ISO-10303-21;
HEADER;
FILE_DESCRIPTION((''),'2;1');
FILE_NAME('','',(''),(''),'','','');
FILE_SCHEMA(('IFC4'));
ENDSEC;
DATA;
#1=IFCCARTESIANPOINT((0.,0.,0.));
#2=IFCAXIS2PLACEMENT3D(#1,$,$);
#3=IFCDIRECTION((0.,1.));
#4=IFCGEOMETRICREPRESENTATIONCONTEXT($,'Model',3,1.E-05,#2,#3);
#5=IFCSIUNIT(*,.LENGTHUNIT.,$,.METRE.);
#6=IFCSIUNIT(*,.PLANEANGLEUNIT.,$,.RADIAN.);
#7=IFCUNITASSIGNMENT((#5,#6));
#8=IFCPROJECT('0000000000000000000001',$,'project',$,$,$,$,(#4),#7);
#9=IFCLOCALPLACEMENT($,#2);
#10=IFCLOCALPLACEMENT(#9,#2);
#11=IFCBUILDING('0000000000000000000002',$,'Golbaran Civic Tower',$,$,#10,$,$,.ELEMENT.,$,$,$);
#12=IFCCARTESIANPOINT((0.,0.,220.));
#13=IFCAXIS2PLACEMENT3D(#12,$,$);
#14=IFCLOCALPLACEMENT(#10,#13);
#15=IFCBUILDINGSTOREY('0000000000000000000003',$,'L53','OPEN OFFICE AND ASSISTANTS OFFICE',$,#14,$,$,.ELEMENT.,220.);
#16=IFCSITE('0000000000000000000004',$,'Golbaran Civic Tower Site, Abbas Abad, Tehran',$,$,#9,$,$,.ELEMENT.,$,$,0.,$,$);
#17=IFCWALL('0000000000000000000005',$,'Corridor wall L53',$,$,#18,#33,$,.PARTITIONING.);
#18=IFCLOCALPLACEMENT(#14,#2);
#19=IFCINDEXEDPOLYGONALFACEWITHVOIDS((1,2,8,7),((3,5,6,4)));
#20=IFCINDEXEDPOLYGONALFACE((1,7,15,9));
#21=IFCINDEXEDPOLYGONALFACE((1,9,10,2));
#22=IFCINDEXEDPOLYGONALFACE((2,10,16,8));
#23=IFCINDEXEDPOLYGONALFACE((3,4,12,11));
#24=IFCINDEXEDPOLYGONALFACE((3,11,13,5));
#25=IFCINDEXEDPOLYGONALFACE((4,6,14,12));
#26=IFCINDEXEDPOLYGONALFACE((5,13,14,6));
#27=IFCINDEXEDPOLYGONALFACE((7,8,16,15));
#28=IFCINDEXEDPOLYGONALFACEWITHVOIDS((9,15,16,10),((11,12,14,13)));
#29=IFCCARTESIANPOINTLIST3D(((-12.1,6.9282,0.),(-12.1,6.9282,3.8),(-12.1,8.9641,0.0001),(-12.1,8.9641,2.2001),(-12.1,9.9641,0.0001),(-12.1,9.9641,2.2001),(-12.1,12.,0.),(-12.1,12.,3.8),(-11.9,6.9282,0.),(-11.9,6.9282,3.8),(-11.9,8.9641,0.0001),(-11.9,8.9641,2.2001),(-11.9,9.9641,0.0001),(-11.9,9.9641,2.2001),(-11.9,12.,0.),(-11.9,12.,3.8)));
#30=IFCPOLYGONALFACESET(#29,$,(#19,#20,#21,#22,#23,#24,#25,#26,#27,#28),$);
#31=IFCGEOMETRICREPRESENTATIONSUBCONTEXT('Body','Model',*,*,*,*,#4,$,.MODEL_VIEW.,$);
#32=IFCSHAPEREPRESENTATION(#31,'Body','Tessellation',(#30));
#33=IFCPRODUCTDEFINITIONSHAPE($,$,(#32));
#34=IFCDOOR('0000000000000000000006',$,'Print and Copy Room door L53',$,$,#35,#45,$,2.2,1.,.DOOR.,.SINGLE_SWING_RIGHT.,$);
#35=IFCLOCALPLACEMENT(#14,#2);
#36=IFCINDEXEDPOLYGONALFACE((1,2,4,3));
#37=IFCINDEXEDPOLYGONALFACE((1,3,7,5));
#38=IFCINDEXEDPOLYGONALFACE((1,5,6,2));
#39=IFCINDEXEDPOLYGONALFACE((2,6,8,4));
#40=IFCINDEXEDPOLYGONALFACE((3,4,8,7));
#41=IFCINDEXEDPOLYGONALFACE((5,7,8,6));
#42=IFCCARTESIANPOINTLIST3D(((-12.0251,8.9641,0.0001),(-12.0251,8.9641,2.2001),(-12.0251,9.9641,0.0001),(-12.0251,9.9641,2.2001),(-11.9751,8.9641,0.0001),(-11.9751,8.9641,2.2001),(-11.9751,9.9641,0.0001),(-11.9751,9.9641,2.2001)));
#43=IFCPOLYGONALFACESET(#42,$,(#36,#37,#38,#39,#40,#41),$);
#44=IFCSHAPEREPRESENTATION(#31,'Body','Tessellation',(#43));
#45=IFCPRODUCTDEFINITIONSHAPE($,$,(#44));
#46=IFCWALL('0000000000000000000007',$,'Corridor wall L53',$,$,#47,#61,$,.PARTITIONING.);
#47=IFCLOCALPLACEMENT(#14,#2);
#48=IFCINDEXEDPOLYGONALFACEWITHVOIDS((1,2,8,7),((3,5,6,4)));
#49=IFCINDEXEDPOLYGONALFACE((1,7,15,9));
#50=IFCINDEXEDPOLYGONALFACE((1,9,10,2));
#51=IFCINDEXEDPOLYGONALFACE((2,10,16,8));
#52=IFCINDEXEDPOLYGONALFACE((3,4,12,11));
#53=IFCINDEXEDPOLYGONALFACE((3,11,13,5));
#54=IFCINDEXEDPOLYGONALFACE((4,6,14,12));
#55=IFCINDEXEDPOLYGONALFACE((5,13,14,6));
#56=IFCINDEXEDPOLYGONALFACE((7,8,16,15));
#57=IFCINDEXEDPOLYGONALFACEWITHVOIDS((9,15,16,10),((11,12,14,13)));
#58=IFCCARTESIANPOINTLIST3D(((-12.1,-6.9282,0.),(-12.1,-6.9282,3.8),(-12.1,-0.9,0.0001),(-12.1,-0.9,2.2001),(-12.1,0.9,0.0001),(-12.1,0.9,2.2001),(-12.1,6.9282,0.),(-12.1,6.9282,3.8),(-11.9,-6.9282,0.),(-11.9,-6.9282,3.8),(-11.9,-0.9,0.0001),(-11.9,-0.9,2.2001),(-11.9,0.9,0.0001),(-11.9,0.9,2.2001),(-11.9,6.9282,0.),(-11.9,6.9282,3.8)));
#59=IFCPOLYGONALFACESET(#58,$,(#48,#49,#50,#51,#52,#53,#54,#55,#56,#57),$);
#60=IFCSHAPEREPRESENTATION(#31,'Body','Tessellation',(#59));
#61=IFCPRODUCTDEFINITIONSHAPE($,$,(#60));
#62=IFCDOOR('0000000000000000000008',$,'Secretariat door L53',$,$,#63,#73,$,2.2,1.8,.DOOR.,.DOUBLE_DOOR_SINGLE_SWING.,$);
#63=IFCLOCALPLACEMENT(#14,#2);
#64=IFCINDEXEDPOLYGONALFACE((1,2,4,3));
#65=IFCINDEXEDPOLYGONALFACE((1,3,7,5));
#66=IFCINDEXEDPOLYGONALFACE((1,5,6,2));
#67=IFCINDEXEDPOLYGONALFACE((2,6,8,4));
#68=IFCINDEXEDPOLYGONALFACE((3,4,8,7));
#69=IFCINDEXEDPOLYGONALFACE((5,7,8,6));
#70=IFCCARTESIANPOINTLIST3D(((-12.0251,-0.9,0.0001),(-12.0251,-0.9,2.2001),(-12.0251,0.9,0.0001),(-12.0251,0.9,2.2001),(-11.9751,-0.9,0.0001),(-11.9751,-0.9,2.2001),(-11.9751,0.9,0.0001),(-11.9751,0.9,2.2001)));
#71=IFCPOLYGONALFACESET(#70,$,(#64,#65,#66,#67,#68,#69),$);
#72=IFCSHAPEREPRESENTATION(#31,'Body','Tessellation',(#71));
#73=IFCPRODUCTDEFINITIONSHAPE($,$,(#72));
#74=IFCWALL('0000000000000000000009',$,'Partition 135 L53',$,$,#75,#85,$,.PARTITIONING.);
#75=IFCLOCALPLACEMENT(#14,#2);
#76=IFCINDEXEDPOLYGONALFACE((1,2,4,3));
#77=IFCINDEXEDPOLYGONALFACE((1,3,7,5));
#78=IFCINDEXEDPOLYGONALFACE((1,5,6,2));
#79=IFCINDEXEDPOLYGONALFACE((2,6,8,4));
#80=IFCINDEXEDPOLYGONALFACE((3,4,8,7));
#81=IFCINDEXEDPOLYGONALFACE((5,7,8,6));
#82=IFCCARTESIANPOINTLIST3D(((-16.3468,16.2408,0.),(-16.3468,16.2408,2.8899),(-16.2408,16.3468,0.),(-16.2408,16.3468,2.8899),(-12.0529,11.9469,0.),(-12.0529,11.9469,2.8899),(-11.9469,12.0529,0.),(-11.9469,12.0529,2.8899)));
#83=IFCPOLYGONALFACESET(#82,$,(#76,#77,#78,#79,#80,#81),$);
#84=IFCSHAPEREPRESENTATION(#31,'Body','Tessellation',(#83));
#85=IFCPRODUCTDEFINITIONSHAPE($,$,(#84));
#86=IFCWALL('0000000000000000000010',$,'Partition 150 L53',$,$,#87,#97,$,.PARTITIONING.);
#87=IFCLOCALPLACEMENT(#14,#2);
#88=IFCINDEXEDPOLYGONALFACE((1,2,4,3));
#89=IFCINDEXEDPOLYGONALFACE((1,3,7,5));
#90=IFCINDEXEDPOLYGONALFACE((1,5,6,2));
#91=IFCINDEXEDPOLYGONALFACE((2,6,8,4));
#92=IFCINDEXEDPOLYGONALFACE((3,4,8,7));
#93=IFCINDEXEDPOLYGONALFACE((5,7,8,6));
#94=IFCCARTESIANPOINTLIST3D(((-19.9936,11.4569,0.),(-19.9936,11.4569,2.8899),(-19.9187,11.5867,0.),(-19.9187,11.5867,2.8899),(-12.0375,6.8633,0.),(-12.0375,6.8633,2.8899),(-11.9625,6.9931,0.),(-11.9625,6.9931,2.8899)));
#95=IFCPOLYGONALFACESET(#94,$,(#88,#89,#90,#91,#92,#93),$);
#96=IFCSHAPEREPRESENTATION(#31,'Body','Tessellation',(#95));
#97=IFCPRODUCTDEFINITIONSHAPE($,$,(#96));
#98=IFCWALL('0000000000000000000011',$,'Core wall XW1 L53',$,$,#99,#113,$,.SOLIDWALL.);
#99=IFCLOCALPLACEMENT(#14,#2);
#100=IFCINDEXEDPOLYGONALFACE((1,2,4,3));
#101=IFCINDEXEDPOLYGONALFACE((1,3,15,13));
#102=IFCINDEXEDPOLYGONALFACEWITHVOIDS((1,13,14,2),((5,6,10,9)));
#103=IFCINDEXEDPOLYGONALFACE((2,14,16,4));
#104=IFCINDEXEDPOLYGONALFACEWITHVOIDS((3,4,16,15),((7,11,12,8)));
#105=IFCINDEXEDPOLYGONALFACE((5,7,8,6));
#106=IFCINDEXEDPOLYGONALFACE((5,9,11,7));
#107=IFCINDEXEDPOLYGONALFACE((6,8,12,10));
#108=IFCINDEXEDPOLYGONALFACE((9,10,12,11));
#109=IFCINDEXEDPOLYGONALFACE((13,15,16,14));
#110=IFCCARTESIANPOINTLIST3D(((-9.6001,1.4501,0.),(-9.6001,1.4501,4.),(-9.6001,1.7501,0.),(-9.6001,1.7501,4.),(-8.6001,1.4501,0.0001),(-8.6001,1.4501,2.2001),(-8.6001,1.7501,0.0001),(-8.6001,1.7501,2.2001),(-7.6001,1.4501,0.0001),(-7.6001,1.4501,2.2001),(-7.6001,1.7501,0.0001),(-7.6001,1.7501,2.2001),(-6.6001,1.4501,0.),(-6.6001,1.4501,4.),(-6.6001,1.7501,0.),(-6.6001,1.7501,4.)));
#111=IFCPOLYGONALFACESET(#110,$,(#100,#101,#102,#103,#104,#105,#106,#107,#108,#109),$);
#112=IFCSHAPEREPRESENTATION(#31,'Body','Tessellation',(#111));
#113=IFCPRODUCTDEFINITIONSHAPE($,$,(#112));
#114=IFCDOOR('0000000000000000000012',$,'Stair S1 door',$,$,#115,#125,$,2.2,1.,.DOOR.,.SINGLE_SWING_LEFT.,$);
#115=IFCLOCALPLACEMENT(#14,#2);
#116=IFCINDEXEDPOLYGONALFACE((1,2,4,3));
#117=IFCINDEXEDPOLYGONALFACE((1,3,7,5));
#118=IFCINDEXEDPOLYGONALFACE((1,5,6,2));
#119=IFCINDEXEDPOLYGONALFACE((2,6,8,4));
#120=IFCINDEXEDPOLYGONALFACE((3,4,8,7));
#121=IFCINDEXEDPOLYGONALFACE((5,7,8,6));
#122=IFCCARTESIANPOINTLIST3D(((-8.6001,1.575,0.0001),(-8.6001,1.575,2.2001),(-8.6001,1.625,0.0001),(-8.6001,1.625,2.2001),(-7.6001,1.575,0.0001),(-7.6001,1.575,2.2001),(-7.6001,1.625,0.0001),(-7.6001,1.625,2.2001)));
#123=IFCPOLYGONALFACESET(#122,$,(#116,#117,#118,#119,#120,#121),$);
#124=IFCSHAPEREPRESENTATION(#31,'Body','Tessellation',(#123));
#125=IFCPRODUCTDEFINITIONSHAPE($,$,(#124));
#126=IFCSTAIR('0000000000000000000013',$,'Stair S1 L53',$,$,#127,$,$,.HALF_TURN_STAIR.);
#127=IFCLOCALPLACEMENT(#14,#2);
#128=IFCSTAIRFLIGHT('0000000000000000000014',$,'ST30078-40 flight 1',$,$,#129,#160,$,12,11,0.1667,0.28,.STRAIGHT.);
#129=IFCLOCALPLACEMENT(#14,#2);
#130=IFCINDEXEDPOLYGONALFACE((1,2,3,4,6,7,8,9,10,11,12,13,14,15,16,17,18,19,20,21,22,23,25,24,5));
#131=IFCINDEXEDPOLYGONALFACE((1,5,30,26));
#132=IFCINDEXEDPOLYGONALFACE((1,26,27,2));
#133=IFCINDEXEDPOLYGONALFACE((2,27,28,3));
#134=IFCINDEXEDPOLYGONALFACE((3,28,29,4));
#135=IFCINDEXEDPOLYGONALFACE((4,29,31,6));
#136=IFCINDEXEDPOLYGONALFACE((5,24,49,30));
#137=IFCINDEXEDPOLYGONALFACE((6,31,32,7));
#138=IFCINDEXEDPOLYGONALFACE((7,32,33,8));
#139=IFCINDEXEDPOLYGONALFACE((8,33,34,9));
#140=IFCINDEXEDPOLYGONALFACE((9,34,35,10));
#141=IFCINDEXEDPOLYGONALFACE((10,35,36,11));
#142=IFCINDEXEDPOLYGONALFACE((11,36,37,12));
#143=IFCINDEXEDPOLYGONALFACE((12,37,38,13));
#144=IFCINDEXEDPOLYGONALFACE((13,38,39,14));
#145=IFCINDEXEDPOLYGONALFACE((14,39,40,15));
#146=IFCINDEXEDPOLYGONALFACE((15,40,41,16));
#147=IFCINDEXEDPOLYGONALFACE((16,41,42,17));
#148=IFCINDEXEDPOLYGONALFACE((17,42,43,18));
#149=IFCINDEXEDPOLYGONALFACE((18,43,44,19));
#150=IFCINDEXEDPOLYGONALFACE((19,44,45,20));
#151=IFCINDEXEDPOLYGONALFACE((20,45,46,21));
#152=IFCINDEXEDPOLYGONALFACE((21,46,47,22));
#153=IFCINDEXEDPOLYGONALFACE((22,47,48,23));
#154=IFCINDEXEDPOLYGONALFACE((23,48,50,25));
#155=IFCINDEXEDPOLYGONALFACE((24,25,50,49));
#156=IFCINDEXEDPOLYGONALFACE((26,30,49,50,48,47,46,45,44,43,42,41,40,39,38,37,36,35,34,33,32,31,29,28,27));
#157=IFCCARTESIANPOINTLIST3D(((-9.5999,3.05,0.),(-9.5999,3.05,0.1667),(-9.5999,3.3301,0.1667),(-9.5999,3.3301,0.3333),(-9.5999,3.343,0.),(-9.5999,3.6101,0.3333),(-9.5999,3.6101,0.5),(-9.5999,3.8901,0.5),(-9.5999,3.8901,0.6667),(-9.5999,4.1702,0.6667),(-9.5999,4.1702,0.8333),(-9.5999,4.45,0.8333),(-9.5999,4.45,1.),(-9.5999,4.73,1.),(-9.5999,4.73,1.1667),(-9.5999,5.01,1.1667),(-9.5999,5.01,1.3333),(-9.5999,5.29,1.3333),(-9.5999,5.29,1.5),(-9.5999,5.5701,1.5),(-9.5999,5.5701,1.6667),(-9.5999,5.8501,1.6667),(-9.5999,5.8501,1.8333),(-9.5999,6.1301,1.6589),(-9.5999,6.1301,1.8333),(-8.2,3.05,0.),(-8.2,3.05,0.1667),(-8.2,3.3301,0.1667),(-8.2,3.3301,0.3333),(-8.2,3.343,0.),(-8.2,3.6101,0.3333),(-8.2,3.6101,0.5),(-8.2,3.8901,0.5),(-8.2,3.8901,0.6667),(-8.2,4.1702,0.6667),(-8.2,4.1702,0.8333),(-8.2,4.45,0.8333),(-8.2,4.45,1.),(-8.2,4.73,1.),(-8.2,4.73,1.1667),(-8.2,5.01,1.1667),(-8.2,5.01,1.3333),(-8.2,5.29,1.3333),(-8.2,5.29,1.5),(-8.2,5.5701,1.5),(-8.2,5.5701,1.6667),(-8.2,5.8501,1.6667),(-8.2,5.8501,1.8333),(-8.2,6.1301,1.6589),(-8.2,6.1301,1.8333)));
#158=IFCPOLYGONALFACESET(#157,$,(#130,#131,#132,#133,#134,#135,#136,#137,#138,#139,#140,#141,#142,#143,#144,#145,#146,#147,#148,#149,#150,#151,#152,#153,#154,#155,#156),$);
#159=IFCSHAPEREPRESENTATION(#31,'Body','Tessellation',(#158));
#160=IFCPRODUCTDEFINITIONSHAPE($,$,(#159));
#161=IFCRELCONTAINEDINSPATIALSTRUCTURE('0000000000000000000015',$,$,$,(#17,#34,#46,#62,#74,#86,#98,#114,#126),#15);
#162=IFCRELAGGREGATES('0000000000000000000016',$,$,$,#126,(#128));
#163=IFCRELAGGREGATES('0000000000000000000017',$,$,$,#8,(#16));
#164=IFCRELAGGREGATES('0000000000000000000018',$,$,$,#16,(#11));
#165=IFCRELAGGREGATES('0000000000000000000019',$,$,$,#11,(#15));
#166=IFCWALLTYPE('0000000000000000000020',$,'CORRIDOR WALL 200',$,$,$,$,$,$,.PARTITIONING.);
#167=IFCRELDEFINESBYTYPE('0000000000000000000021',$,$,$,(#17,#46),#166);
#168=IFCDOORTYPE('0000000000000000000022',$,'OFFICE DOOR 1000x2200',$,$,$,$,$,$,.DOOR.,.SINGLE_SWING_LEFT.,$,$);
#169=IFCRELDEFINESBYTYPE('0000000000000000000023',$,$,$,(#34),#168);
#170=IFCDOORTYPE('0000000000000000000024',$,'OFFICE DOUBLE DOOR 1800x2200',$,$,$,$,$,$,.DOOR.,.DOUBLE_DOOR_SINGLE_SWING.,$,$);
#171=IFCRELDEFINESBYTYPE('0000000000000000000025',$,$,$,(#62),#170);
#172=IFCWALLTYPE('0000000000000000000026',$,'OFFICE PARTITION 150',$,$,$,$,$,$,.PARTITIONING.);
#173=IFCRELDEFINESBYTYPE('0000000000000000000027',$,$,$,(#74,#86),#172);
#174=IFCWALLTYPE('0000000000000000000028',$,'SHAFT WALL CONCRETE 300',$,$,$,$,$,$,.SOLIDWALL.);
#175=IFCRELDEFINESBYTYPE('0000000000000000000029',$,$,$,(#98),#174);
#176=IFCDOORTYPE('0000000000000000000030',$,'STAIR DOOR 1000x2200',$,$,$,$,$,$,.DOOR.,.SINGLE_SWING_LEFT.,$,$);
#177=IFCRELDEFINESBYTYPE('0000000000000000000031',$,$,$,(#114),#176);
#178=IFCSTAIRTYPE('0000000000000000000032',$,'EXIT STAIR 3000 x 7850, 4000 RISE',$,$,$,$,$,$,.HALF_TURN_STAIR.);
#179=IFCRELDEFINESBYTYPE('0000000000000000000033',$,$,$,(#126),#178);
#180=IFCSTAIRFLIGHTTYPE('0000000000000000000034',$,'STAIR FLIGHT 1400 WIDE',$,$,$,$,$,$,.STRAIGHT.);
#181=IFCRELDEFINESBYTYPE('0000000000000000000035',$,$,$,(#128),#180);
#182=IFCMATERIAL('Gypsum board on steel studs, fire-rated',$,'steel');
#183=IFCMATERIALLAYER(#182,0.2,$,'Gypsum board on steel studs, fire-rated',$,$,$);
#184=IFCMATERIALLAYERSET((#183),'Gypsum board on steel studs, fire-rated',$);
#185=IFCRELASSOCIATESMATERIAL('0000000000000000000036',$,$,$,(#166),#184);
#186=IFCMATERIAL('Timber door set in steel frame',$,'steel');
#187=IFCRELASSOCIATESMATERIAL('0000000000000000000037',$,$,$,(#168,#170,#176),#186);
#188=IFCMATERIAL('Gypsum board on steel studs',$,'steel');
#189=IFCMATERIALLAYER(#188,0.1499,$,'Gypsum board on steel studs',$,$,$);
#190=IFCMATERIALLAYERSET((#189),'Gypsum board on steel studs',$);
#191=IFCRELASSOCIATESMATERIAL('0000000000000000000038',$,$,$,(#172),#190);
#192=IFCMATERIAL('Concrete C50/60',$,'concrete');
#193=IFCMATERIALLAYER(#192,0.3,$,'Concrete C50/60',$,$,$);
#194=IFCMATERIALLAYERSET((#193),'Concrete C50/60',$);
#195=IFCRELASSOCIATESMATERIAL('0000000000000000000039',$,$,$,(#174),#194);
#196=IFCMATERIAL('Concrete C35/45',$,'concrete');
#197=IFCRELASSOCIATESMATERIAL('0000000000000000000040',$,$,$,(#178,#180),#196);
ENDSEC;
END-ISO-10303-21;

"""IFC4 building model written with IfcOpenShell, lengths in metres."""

from ifc_helpers import new_model, si_unit, direction, frame, frame_2d, origin, place, context, subcontext, project, spatial, polyline, rectangle, outline, extrude, material, layer, layer_set, type_object, element, fill, aggregate, save


model = new_model("IFC4")

# Units and contexts
model_context = context("Model", 3, precision=1e-05, world=origin(), true_north=direction((0.0, 1.0)))
body_context = subcontext(model_context, "Body", "Model", "MODEL_VIEW")
ifc_project = project(units=[si_unit("LENGTHUNIT", "METRE"), si_unit("PLANEANGLEUNIT", "RADIAN")], contexts=[model_context])

# Site, building, storey
site_placement = place(None, origin())
site = spatial("IfcSite", under=ifc_project, at=site_placement, Name="Golbaran Civic Tower Site, Abbas Abad, Tehran", CompositionType="ELEMENT", RefElevation=0.0)
building_placement = place(site_placement, origin())
building = spatial("IfcBuilding", under=site, at=building_placement, Name="Golbaran Civic Tower", CompositionType="ELEMENT")
storey_placement = place(building_placement, frame((0.0, 0.0, 220.0)))
storey = spatial("IfcBuildingStorey", under=building, at=storey_placement, Name="L53", Description="OPEN OFFICE AND ASSISTANTS OFFICE", CompositionType="ELEMENT", Elevation=220.0)

# Shared definitions
ifc_material_1 = material(Name="Concrete C50/60", Category="concrete")
ifc_material_2 = material(Name="Timber door set in steel frame", Category="steel")

# Walls, openings, doors
ifc_material_3 = material(Name="Gypsum board on steel studs, fire-rated", Category="steel")
ifc_layer_1 = layer(ifc_material_3, 0.2, Name="Gypsum board on steel studs, fire-rated")
ifc_layer_set_1 = layer_set([ifc_layer_1], Name="Gypsum board on steel studs, fire-rated")
wall_type_1 = type_object("IfcWallType", Name="CORRIDOR WALL 200", PredefinedType="PARTITIONING", material=ifc_layer_set_1)
wall_1_placement = place(storey_placement, frame((-12.0, 12.0, 0.0), z_axis=(0.0, 0.0, 1.0), x_axis=(0.0, -1.0, 0.0)))
wall_1 = element("IfcWall", 1, at=wall_1_placement, inside=storey, type_object=wall_type_1, Name="Corridor wall L53", PredefinedType="PARTITIONING", context=body_context, shape_type="SweptSolid", body=[
    extrude(rectangle(XDim=5.0718, YDim=0.2, at=frame_2d((2.5359, 0.0))), origin(), (0.0, 0.0, 1.0), 3.8),
])
opening_1_placement = place(wall_1_placement, frame((2.0359, 0.0, 0.0)))
opening_1 = element("IfcOpeningElement", 2, at=opening_1_placement, cuts=wall_1, PredefinedType="OPENING", context=body_context, shape_type="SweptSolid", body=[
    extrude(rectangle(XDim=1.0, YDim=2.2, at=frame_2d((0.5, 1.1001))), frame((0.0, 0.1099, 0.0), z_axis=(0.0, -1.0, 0.0), x_axis=(1.0, 0.0, 0.0)), (0.0, 0.0, 1.0), 0.22),
])
door_type_1 = type_object("IfcDoorType", Name="OFFICE DOOR 1000x2200", OperationType="SINGLE_SWING_LEFT", PredefinedType="DOOR", material=ifc_material_2)
door_1_placement = place(opening_1_placement, origin())
door_1 = element("IfcDoor", 3, at=door_1_placement, inside=storey, type_object=door_type_1, Name="Print and Copy Room door L53", OperationType="SINGLE_SWING_RIGHT", OverallHeight=2.2, OverallWidth=1.0, PredefinedType="DOOR", context=body_context, shape_type="SweptSolid", body=[
    extrude(rectangle(XDim=1.0, YDim=2.2, at=frame_2d((0.5, 1.1001))), frame((0.0, 0.0249, 0.0), z_axis=(0.0, -1.0, 0.0), x_axis=(1.0, 0.0, 0.0)), (0.0, 0.0, 1.0), 0.05),
])
fill(opening_1, door_1)
wall_2_placement = place(storey_placement, frame((-12.0, 6.9282, 0.0), z_axis=(0.0, 0.0, 1.0), x_axis=(0.0, -1.0, 0.0)))
wall_2 = element("IfcWall", 4, at=wall_2_placement, inside=storey, type_object=wall_type_1, Name="Corridor wall L53", PredefinedType="PARTITIONING", context=body_context, shape_type="SweptSolid", body=[
    extrude(rectangle(XDim=13.8564, YDim=0.2, at=frame_2d((6.9282, 0.0))), origin(), (0.0, 0.0, 1.0), 3.8),
])
opening_2_placement = place(wall_2_placement, frame((6.0283, 0.0, 0.0)))
opening_2 = element("IfcOpeningElement", 5, at=opening_2_placement, cuts=wall_2, PredefinedType="OPENING", context=body_context, shape_type="SweptSolid", body=[
    extrude(rectangle(XDim=1.8, YDim=2.2, at=frame_2d((0.8999, 1.1001))), frame((0.0, 0.1099, 0.0), z_axis=(0.0, -1.0, 0.0), x_axis=(1.0, 0.0, 0.0)), (0.0, 0.0, 1.0), 0.22),
])
door_type_2 = type_object("IfcDoorType", Name="OFFICE DOUBLE DOOR 1800x2200", OperationType="DOUBLE_DOOR_SINGLE_SWING", PredefinedType="DOOR", material=ifc_material_2)
door_2_placement = place(opening_2_placement, origin())
door_2 = element("IfcDoor", 6, at=door_2_placement, inside=storey, type_object=door_type_2, Name="Secretariat door L53", OperationType="DOUBLE_DOOR_SINGLE_SWING", OverallHeight=2.2, OverallWidth=1.8, PredefinedType="DOOR", context=body_context, shape_type="SweptSolid", body=[
    extrude(rectangle(XDim=1.8, YDim=2.2, at=frame_2d((0.8999, 1.1001))), frame((0.0, 0.0249, 0.0), z_axis=(0.0, -1.0, 0.0), x_axis=(1.0, 0.0, 0.0)), (0.0, 0.0, 1.0), 0.05),
])
fill(opening_2, door_2)

# Walls
ifc_material_4 = material(Name="Gypsum board on steel studs", Category="steel")
ifc_layer_2 = layer(ifc_material_4, 0.1499, Name="Gypsum board on steel studs")
ifc_layer_set_2 = layer_set([ifc_layer_2], Name="Gypsum board on steel studs")
wall_type_2 = type_object("IfcWallType", Name="OFFICE PARTITION 150", PredefinedType="PARTITIONING", material=ifc_layer_set_2)
wall_3_placement = place(storey_placement, frame((-12.0, 12.0, 0.0), z_axis=(0.0, 0.0, 1.0), x_axis=(-0.707107, 0.707107, 0.0)))
element("IfcWall", 7, at=wall_3_placement, inside=storey, type_object=wall_type_2, Name="Partition 135 L53", PredefinedType="PARTITIONING", context=body_context, shape_type="SweptSolid", body=[
    extrude(rectangle(XDim=6.0725, YDim=0.1499, at=frame_2d((3.0361, 0.0))), origin(), (0.0, 0.0, 1.0), 2.8899),
])
wall_4_placement = place(storey_placement, frame((-12.0, 6.9282, 0.0), z_axis=(0.0, 0.0, 1.0), x_axis=(-0.866022, 0.500006, 0.0)))
element("IfcWall", 8, at=wall_4_placement, inside=storey, type_object=wall_type_2, Name="Partition 150 L53", PredefinedType="PARTITIONING", context=body_context, shape_type="SweptSolid", body=[
    extrude(rectangle(XDim=9.187, YDim=0.1499, at=frame_2d((4.5935, 0.0))), origin(), (0.0, 0.0, 1.0), 2.8899),
])

# Wall, opening, door
ifc_layer_3 = layer(ifc_material_1, 0.3, Name="Concrete C50/60")
ifc_layer_set_3 = layer_set([ifc_layer_3], Name="Concrete C50/60")
wall_type_3 = type_object("IfcWallType", Name="SHAFT WALL CONCRETE 300", PredefinedType="SOLIDWALL", material=ifc_layer_set_3)
wall_5_placement = place(storey_placement, frame((-9.6001, 1.6001, 0.0), z_axis=(0.0, 0.0, 1.0), x_axis=(1.0, 0.0, 0.0)))
wall_5 = element("IfcWall", 9, at=wall_5_placement, inside=storey, type_object=wall_type_3, Name="Core wall XW1 L53", PredefinedType="SOLIDWALL", context=body_context, shape_type="SweptSolid", body=[
    extrude(rectangle(XDim=3.0, YDim=0.3, at=frame_2d((1.5, 0.0))), origin(), (0.0, 0.0, 1.0), 4.0),
])
opening_3_placement = place(wall_5_placement, frame((1.0, 0.0, 0.0)))
opening_3 = element("IfcOpeningElement", 10, at=opening_3_placement, cuts=wall_5, PredefinedType="OPENING", context=body_context, shape_type="SweptSolid", body=[
    extrude(rectangle(XDim=1.0, YDim=2.2, at=frame_2d((0.5, 1.1001))), frame((0.0, 0.1599, 0.0), z_axis=(0.0, -1.0, 0.0), x_axis=(1.0, 0.0, 0.0)), (0.0, 0.0, 1.0), 0.3201),
])
door_type_3 = type_object("IfcDoorType", Name="STAIR DOOR 1000x2200", OperationType="SINGLE_SWING_LEFT", PredefinedType="DOOR", material=ifc_material_2)
door_3_placement = place(opening_3_placement, origin())
door_3 = element("IfcDoor", 11, at=door_3_placement, inside=storey, type_object=door_type_3, Name="Stair S1 door", OperationType="SINGLE_SWING_LEFT", OverallHeight=2.2, OverallWidth=1.0, PredefinedType="DOOR", context=body_context, shape_type="SweptSolid", body=[
    extrude(rectangle(XDim=1.0, YDim=2.2, at=frame_2d((0.5, 1.1001))), frame((0.0, 0.0249, 0.0), z_axis=(0.0, -1.0, 0.0), x_axis=(1.0, 0.0, 0.0)), (0.0, 0.0, 1.0), 0.05),
])
fill(opening_3, door_3)

# Stair, stair flight
ifc_material_5 = material(Name="Concrete C35/45", Category="concrete")
stair_type = type_object("IfcStairType", Name="EXIT STAIR 3000 x 7850, 4000 RISE", PredefinedType="HALF_TURN_STAIR", material=ifc_material_5)
stair_placement = place(storey_placement, origin())
stair = element("IfcStair", 12, at=stair_placement, inside=storey, type_object=stair_type, Name="Stair S1 L53", PredefinedType="HALF_TURN_STAIR")
stair_flight_type = type_object("IfcStairFlightType", Name="STAIR FLIGHT 1400 WIDE", PredefinedType="STRAIGHT", material=ifc_material_5)
stair_flight_placement = place(storey_placement, frame((-8.8999, 3.05, 0.0), z_axis=(0.0, 0.0, 1.0), x_axis=(0.0, 1.0, 0.0)))
stair_flight = element("IfcStairFlight", 13, at=stair_flight_placement, type_object=stair_flight_type, Name="ST30078-40 flight 1", NumberOfRisers=12, NumberOfTreads=11, PredefinedType="STRAIGHT", RiserHeight=0.1667, TreadLength=0.28, context=body_context, shape_type="SweptSolid", body=[
    extrude(outline(polyline([(0.0, 0.0), (0.0, 0.1667), (0.28, 0.1667), (0.28, 0.3333), (0.5601, 0.3333), (0.5601, 0.5), (0.8401, 0.5), (0.8401, 0.6667), (1.1201, 0.6667), (1.1201, 0.8333), (1.3999, 0.8333), (1.3999, 1.0), (1.6799, 1.0), (1.6799, 1.1667), (1.96, 1.1667), (1.96, 1.3333), (2.24, 1.3333), (2.24, 1.5), (2.52, 1.5), (2.52, 1.6667), (2.8, 1.6667), (2.8, 1.8333), (3.0801, 1.8333), (3.0801, 2.0), (3.0801, 1.6589), (0.293, 0.0), (0.0, 0.0)])), frame((0.0, 0.7, 0.0), z_axis=(0.0, -1.0, 0.0), x_axis=(1.0, 0.0, 0.0)), (0.0, 0.0, 1.0), 1.3999),
])
aggregate(stair, [stair_flight])

save(model, "model.ifc")
